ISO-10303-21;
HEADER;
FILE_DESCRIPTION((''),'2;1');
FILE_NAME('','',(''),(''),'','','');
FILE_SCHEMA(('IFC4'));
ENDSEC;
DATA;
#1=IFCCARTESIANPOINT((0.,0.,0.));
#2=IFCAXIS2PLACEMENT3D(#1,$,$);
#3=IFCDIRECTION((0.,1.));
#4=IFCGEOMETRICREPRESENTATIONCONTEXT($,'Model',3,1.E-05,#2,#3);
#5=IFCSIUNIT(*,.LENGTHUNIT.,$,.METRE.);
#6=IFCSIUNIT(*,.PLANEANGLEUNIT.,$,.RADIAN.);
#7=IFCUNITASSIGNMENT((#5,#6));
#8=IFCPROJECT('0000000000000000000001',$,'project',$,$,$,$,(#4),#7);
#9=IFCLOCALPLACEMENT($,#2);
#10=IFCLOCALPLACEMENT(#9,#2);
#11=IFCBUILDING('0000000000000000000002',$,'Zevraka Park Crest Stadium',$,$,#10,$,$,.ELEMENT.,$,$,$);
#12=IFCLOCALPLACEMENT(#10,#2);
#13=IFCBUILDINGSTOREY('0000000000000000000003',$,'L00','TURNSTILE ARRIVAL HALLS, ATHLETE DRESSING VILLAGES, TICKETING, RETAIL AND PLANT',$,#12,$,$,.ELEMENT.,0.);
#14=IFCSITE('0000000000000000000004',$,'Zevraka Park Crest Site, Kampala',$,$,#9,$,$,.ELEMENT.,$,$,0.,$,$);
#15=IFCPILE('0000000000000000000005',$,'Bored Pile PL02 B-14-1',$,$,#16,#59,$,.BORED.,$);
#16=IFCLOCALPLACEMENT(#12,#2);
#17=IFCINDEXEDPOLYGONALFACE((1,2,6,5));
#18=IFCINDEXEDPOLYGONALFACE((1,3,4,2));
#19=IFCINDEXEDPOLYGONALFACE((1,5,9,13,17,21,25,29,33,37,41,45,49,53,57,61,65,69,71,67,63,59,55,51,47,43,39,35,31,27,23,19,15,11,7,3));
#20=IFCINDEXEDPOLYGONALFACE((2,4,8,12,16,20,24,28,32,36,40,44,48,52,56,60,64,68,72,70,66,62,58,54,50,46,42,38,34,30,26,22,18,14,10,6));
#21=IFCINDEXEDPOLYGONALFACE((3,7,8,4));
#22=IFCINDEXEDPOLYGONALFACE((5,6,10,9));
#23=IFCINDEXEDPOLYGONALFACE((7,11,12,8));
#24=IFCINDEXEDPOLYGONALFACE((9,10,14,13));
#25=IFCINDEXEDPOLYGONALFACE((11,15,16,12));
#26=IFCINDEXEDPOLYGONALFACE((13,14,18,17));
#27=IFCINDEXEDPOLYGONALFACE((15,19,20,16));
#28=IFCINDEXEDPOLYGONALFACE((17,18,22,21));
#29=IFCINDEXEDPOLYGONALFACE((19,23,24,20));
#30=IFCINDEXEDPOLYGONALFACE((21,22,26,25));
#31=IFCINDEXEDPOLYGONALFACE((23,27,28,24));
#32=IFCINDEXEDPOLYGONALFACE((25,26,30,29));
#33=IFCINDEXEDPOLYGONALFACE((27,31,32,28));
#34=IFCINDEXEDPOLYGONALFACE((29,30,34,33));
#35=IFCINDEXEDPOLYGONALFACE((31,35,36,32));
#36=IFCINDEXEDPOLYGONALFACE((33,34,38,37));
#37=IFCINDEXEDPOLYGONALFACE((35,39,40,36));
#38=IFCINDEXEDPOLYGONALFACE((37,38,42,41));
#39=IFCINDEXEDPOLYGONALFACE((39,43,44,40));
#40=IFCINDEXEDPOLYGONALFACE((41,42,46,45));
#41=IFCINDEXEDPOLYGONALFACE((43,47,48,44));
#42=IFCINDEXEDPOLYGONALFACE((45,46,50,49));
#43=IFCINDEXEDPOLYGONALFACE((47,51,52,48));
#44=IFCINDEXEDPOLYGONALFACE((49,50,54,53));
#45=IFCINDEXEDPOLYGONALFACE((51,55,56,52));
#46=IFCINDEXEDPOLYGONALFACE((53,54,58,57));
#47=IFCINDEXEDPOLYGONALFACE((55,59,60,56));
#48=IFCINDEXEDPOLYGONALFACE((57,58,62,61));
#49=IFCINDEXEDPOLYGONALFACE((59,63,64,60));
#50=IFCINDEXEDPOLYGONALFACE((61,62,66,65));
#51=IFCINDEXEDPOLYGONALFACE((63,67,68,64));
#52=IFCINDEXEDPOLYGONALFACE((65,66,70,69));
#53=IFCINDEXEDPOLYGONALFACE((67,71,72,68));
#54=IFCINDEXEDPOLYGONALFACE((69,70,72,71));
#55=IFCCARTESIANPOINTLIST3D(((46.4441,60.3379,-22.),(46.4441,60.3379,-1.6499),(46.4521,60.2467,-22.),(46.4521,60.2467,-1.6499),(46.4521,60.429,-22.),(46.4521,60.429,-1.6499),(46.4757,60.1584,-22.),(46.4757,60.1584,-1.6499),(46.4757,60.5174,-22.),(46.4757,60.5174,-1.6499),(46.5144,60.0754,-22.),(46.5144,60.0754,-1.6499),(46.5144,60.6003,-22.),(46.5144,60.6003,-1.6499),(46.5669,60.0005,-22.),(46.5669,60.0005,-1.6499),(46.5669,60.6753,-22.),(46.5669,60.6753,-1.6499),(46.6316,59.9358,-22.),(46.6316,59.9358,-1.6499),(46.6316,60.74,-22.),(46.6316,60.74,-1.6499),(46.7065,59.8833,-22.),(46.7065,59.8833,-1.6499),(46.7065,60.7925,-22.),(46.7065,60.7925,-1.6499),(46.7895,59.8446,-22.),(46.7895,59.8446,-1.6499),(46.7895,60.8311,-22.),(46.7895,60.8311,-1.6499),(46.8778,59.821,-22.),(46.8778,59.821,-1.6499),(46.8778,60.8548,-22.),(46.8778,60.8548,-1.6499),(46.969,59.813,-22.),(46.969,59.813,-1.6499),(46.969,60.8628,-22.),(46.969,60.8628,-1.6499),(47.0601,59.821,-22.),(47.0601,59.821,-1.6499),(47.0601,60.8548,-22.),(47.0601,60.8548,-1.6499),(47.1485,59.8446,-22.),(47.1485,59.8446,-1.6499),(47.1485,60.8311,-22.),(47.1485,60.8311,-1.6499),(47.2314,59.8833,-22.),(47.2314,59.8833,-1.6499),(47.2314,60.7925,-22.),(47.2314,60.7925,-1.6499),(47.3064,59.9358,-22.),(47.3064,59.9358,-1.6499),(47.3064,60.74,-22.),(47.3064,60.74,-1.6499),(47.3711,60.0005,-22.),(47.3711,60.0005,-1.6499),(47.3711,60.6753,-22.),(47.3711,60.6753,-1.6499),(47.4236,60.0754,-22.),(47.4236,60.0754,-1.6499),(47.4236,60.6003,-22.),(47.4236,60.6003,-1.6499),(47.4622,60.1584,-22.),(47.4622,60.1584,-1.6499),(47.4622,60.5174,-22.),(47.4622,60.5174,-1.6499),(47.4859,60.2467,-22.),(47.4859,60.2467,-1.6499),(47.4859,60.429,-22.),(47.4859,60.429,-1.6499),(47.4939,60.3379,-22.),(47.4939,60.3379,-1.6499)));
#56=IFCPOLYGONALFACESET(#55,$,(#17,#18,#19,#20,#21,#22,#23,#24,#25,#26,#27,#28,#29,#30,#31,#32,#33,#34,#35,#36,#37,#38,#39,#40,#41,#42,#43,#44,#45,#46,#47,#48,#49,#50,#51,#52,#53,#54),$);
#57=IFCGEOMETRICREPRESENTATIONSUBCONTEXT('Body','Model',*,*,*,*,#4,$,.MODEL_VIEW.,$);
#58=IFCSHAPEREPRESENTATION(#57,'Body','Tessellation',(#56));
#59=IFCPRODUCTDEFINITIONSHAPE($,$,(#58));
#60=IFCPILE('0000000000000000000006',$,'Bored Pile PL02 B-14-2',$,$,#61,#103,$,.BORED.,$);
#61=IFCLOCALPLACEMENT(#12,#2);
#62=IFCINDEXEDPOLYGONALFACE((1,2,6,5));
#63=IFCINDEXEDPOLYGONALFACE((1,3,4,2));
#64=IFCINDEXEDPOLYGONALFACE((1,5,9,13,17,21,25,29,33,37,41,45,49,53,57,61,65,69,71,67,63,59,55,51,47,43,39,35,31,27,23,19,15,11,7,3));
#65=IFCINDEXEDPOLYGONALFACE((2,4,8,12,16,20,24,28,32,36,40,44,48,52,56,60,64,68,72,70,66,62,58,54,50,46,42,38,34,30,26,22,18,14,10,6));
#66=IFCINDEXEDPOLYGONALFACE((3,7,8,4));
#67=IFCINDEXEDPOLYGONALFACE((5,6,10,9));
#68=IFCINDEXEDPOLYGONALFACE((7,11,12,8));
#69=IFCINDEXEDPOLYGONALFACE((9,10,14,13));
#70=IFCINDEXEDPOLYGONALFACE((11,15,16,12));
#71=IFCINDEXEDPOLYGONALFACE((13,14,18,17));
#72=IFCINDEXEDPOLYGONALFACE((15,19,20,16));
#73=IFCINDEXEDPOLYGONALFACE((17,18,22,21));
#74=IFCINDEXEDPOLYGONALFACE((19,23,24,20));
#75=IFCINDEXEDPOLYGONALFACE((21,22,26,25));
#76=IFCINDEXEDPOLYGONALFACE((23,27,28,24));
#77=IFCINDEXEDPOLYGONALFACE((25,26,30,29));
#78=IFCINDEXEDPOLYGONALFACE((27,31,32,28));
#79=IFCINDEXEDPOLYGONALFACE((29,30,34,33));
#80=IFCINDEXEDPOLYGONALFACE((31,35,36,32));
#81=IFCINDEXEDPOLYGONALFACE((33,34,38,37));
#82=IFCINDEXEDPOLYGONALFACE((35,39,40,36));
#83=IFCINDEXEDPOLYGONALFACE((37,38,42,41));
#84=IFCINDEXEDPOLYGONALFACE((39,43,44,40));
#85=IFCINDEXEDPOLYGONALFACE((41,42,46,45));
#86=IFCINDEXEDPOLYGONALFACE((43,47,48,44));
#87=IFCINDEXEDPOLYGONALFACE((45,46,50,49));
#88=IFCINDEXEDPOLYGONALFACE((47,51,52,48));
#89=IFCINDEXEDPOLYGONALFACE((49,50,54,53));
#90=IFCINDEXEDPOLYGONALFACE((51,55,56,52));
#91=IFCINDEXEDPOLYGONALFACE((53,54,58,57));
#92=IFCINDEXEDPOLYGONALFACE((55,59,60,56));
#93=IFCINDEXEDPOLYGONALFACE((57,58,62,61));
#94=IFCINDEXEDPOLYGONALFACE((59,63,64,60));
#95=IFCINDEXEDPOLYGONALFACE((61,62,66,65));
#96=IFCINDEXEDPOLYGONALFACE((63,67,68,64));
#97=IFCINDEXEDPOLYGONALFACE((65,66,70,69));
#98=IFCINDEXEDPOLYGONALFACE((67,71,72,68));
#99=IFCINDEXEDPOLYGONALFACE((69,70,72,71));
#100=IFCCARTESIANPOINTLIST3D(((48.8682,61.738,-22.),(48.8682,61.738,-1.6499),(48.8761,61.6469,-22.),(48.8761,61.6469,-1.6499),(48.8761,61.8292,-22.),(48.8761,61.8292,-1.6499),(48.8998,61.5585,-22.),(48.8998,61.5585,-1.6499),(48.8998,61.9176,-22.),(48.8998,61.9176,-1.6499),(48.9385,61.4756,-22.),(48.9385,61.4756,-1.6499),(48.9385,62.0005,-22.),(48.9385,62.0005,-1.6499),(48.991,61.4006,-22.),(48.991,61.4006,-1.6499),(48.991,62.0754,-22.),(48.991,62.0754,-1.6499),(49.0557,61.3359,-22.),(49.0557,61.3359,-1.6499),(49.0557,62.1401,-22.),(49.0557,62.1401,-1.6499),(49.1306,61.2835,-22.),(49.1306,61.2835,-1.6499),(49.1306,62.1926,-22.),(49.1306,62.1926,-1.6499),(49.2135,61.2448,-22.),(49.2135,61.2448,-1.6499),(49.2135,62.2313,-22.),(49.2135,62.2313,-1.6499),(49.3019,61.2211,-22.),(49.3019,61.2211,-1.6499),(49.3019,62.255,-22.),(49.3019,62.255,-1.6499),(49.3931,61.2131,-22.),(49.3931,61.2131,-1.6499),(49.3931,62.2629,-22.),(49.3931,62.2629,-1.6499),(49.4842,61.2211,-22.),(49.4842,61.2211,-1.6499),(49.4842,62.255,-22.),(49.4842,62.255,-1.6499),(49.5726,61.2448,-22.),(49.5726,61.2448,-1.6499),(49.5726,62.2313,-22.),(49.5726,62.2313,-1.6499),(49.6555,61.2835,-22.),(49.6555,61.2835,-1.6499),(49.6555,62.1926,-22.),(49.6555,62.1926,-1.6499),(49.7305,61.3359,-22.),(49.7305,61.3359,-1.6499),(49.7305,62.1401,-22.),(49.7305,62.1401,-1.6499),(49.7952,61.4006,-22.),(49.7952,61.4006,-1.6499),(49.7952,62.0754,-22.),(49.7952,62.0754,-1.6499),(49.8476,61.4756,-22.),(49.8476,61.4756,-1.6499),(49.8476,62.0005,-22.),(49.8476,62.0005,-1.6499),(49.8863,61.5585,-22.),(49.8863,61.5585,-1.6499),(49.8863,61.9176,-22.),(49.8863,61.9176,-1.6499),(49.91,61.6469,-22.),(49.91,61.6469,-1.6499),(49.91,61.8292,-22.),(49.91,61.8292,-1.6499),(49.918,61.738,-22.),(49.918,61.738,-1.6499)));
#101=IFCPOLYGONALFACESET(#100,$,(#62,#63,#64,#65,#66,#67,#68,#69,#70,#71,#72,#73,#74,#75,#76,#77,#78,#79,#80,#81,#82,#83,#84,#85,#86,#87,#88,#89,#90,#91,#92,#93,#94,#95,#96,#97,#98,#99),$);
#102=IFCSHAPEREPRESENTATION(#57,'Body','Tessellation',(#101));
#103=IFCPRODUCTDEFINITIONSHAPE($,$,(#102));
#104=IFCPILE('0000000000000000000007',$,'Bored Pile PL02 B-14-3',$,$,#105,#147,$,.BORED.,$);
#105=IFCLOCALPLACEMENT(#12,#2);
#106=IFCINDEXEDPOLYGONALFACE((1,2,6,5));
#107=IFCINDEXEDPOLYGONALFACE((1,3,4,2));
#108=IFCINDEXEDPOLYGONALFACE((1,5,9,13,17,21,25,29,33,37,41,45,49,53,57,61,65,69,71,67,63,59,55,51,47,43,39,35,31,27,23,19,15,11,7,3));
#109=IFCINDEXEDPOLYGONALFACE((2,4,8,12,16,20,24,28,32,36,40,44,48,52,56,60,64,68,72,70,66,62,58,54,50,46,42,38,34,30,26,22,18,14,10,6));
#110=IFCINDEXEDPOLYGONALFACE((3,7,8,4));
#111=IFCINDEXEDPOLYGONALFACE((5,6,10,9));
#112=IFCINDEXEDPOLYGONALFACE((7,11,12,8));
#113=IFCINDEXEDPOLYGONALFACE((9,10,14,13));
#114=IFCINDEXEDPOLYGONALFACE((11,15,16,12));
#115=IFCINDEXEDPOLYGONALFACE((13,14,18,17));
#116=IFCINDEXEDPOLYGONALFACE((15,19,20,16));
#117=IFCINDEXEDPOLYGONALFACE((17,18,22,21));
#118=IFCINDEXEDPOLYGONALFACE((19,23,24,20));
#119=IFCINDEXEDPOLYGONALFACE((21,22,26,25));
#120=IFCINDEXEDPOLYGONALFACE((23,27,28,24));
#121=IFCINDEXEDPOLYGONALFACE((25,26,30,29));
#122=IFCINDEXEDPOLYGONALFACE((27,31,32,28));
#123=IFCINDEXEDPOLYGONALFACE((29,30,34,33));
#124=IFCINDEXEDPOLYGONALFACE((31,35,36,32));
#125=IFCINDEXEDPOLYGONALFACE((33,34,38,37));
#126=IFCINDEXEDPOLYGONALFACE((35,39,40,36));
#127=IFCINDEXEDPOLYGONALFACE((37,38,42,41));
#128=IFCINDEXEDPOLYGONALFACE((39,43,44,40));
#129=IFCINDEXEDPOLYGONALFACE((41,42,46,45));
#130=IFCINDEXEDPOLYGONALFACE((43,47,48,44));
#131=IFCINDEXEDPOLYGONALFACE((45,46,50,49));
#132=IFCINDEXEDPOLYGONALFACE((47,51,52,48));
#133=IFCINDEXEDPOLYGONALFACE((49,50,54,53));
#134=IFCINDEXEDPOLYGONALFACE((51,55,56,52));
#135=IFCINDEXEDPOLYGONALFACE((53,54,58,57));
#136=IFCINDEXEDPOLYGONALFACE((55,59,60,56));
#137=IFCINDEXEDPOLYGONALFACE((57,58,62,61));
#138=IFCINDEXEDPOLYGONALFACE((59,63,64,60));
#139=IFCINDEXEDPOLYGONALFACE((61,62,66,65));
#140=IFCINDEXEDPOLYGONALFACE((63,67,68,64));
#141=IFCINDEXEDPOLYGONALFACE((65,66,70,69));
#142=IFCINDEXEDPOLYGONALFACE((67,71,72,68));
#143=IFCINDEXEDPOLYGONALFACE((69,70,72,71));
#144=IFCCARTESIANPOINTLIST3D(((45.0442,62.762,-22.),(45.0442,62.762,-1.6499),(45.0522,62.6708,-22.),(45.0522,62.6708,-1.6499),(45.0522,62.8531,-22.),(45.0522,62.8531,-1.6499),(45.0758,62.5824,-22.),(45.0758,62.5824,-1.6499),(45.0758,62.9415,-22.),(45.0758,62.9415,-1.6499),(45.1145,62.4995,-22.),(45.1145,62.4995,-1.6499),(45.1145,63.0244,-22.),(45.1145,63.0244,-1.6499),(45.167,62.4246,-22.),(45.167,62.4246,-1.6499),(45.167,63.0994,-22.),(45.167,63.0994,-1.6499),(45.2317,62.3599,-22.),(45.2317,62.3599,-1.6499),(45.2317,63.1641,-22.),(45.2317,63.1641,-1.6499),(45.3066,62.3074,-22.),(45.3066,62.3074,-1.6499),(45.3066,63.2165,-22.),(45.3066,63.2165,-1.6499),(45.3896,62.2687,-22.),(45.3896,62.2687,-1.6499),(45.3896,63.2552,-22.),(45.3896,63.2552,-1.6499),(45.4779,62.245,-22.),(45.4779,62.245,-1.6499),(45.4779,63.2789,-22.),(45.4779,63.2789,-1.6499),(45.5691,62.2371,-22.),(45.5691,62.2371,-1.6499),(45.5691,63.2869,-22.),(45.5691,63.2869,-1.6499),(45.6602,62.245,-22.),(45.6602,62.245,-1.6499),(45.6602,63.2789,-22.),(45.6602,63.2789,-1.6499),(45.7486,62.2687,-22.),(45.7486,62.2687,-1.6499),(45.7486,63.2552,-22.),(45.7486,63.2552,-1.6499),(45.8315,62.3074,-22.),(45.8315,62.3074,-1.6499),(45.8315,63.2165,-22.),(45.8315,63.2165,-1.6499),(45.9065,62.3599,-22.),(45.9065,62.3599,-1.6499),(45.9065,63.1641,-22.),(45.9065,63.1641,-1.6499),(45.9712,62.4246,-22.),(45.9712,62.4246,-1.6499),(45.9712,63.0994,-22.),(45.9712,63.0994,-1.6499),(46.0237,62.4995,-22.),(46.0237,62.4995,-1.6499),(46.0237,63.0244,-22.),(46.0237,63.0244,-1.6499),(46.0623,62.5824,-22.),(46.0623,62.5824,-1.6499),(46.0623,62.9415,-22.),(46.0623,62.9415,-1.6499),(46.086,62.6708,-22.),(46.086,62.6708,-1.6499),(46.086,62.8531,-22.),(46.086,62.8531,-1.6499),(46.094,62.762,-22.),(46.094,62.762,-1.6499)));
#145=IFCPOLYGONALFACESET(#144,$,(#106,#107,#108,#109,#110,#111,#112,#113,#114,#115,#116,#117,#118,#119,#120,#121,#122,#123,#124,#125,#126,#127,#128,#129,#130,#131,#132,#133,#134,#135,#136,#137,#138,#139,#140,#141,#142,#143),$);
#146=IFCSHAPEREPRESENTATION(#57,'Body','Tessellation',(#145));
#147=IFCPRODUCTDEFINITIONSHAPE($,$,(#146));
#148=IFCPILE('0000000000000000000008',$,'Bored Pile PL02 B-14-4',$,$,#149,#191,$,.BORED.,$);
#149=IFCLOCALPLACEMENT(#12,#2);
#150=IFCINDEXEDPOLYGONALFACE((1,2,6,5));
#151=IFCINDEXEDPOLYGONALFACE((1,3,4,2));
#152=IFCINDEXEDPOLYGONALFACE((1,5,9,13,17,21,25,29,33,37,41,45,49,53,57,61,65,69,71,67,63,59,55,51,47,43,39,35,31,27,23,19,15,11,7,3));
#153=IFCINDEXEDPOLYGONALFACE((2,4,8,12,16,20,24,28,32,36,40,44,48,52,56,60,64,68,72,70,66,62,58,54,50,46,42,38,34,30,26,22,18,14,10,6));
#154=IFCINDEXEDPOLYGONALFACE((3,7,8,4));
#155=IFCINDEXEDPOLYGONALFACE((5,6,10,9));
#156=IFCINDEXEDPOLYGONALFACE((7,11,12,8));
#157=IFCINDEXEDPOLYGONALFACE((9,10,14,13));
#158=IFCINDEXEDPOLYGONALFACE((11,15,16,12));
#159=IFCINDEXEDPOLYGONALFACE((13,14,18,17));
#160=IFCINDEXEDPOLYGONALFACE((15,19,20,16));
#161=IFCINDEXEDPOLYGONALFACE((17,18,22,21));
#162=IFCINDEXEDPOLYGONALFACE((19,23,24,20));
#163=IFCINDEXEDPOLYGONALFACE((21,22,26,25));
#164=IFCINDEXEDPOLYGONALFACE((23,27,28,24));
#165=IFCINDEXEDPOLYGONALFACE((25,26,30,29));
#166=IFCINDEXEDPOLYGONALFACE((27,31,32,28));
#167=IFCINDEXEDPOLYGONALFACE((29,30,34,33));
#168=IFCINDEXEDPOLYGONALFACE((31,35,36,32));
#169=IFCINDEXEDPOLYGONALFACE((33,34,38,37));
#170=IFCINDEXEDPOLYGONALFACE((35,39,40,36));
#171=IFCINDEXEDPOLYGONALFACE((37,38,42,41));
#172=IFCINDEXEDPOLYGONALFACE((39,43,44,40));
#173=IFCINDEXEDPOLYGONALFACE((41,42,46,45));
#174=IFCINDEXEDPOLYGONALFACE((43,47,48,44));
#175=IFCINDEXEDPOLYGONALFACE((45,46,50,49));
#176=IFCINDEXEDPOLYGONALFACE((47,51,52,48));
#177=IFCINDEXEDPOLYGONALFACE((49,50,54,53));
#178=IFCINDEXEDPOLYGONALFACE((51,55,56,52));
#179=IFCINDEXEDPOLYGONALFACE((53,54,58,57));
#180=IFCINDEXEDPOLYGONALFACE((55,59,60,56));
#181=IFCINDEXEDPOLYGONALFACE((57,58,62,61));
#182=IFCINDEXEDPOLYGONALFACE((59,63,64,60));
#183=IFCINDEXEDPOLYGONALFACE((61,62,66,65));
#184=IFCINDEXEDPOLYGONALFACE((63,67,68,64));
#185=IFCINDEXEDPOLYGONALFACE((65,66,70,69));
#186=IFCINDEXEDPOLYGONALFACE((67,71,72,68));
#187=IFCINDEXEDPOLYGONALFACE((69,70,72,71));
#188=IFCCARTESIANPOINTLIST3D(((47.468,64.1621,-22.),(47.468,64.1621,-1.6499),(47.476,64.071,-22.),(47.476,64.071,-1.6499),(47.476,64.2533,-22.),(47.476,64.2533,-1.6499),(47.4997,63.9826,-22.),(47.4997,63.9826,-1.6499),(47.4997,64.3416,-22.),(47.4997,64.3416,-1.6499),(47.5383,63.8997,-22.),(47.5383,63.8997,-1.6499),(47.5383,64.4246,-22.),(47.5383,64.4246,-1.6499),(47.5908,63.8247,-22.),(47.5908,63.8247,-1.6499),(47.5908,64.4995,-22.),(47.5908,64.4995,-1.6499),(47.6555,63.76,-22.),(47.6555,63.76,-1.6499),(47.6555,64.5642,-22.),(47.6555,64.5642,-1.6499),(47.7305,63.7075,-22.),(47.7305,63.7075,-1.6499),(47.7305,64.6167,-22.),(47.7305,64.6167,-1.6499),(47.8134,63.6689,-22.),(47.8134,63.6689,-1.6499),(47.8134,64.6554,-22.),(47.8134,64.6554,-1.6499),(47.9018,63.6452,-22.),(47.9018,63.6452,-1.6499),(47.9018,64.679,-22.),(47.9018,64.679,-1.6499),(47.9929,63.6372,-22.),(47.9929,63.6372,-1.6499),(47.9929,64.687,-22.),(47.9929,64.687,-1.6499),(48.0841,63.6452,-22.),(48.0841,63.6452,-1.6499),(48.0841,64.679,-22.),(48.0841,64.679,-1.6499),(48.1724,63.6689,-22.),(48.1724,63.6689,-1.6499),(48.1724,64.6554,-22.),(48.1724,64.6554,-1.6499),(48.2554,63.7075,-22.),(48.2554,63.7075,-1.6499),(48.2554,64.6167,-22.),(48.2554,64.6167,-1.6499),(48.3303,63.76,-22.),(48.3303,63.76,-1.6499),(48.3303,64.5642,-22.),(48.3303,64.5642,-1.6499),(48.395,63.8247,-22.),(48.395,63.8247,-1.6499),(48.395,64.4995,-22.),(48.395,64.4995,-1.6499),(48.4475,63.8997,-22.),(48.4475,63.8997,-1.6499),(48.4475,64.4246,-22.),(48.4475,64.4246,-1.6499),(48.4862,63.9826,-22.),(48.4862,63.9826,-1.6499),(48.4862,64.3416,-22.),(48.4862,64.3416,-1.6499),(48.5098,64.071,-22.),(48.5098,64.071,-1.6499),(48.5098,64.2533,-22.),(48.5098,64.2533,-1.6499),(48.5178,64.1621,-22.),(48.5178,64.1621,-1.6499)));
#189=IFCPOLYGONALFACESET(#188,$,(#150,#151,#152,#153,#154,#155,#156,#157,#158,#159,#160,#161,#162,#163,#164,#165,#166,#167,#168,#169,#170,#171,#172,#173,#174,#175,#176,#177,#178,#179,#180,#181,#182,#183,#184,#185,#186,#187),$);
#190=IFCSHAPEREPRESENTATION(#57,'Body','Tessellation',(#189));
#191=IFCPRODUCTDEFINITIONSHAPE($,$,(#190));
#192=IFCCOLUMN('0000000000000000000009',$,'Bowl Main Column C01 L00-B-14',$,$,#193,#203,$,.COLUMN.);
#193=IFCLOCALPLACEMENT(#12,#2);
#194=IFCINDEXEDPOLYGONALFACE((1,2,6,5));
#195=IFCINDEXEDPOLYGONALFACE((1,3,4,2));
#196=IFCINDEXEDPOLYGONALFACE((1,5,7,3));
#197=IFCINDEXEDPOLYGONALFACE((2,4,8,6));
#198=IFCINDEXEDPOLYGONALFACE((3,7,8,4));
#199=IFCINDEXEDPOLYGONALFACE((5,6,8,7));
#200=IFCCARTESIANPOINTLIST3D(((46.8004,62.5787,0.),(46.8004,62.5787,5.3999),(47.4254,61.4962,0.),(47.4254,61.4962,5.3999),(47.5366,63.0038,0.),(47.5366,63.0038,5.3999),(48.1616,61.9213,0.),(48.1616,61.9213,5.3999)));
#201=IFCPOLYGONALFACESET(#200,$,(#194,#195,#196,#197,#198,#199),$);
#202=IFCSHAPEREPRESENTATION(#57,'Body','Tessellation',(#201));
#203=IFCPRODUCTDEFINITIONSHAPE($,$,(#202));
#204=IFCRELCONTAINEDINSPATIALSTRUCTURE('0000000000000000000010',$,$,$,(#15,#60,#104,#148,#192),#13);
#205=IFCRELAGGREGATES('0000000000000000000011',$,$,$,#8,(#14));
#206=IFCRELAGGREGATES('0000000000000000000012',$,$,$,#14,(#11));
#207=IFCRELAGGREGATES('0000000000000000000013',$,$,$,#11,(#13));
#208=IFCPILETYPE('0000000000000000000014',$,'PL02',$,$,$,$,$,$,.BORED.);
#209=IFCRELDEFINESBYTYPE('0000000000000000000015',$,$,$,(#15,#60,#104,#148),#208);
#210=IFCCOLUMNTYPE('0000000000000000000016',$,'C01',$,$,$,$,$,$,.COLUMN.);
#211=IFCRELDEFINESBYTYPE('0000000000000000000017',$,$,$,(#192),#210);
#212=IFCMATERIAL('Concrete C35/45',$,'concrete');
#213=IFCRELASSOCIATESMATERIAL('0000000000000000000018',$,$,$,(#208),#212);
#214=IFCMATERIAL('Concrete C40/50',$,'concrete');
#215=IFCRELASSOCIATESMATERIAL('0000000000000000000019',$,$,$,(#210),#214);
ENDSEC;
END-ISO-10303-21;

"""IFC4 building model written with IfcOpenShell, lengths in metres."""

from ifc_helpers import new_model, si_unit, direction, frame, origin, origin_2d, place, context, subcontext, project, spatial, rectangle, circle, extrude, material, material_profile, profile_set, type_object, element, save


model = new_model("IFC4")

# Units and contexts
model_context = context("Model", 3, precision=1e-05, world=origin(), true_north=direction((0.0, 1.0)))
body_context = subcontext(model_context, "Body", "Model", "MODEL_VIEW")
ifc_project = project(units=[si_unit("LENGTHUNIT", "METRE"), si_unit("PLANEANGLEUNIT", "RADIAN")], contexts=[model_context])

# Site, building, storey
site_placement = place(None, origin())
site = spatial("IfcSite", under=ifc_project, at=site_placement, Name="Zevraka Park Crest Site, Kampala", CompositionType="ELEMENT", RefElevation=0.0)
building_placement = place(site_placement, origin())
building = spatial("IfcBuilding", under=site, at=building_placement, Name="Zevraka Park Crest Stadium", CompositionType="ELEMENT")
storey_placement = place(building_placement, origin())
storey = spatial("IfcBuildingStorey", under=building, at=storey_placement, Name="L00", Description="TURNSTILE ARRIVAL HALLS, ATHLETE DRESSING VILLAGES, TICKETING, RETAIL AND PLANT", CompositionType="ELEMENT", Elevation=0.0)

# Piles
ifc_material_1 = material(Name="Concrete C35/45", Category="concrete")
ifc_material_profile_1 = material_profile(ifc_material_1, circle(Radius=0.5249, at=origin_2d()), Name="PILE D1050")
ifc_profile_set_1 = profile_set([ifc_material_profile_1], Name="Concrete C35/45")
pile_type_1 = type_object("IfcPileType", Name="PL02", PredefinedType="BORED", material=ifc_profile_set_1)
for number, where, z_axis, x_axis, name in (
    (1, (46.969, 60.3379, -1.6499), (0.0, 0.0, -1.0), (1.0, 0.0, 0.0), "Bored Pile PL02 B-14-1"),
    (2, (49.3931, 61.738, -1.6499), (0.0, 0.0, -1.0), (1.0, 0.0, 0.0), "Bored Pile PL02 B-14-2"),
    (3, (45.5691, 62.762, -1.6499), (0.0, 0.0, -1.0), (1.0, 0.0, 0.0), "Bored Pile PL02 B-14-3"),
    (4, (47.9929, 64.1621, -1.6499), (0.0, 0.0, -1.0), (1.0, 0.0, 0.0), "Bored Pile PL02 B-14-4"),
):
    element("IfcPile", number, at=place(storey_placement, frame(where, z_axis=z_axis, x_axis=x_axis)), inside=storey, type_object=pile_type_1, Name=name, PredefinedType="BORED", context=body_context, shape_type="SweptSolid", body=[
        extrude(circle(Radius=0.5249, at=origin_2d()), origin(), (0.0, 0.0, 1.0), 20.3501),
    ])

# Column
ifc_material_2 = material(Name="Concrete C40/50", Category="concrete")
ifc_material_profile_2 = material_profile(ifc_material_2, rectangle(XDim=0.8501, YDim=1.25, at=origin_2d()), Name="RC 1250x850")
ifc_profile_set_2 = profile_set([ifc_material_profile_2], Name="Concrete C40/50")
column_type_1 = type_object("IfcColumnType", Name="C01", PredefinedType="COLUMN", material=ifc_profile_set_2)
column_1_placement = place(storey_placement, frame((47.481, 62.25, 0.0), z_axis=(0.0, 0.0, 1.0), x_axis=(0.866025, 0.5, 0.0)))
element("IfcColumn", 5, at=column_1_placement, inside=storey, type_object=column_type_1, Name="Bowl Main Column C01 L00-B-14", PredefinedType="COLUMN", context=body_context, shape_type="SweptSolid", body=[
    extrude(rectangle(XDim=0.8501, YDim=1.25, at=origin_2d()), origin(), (0.0, 0.0, 1.0), 5.3999),
])

save(model, "model.ifc")
